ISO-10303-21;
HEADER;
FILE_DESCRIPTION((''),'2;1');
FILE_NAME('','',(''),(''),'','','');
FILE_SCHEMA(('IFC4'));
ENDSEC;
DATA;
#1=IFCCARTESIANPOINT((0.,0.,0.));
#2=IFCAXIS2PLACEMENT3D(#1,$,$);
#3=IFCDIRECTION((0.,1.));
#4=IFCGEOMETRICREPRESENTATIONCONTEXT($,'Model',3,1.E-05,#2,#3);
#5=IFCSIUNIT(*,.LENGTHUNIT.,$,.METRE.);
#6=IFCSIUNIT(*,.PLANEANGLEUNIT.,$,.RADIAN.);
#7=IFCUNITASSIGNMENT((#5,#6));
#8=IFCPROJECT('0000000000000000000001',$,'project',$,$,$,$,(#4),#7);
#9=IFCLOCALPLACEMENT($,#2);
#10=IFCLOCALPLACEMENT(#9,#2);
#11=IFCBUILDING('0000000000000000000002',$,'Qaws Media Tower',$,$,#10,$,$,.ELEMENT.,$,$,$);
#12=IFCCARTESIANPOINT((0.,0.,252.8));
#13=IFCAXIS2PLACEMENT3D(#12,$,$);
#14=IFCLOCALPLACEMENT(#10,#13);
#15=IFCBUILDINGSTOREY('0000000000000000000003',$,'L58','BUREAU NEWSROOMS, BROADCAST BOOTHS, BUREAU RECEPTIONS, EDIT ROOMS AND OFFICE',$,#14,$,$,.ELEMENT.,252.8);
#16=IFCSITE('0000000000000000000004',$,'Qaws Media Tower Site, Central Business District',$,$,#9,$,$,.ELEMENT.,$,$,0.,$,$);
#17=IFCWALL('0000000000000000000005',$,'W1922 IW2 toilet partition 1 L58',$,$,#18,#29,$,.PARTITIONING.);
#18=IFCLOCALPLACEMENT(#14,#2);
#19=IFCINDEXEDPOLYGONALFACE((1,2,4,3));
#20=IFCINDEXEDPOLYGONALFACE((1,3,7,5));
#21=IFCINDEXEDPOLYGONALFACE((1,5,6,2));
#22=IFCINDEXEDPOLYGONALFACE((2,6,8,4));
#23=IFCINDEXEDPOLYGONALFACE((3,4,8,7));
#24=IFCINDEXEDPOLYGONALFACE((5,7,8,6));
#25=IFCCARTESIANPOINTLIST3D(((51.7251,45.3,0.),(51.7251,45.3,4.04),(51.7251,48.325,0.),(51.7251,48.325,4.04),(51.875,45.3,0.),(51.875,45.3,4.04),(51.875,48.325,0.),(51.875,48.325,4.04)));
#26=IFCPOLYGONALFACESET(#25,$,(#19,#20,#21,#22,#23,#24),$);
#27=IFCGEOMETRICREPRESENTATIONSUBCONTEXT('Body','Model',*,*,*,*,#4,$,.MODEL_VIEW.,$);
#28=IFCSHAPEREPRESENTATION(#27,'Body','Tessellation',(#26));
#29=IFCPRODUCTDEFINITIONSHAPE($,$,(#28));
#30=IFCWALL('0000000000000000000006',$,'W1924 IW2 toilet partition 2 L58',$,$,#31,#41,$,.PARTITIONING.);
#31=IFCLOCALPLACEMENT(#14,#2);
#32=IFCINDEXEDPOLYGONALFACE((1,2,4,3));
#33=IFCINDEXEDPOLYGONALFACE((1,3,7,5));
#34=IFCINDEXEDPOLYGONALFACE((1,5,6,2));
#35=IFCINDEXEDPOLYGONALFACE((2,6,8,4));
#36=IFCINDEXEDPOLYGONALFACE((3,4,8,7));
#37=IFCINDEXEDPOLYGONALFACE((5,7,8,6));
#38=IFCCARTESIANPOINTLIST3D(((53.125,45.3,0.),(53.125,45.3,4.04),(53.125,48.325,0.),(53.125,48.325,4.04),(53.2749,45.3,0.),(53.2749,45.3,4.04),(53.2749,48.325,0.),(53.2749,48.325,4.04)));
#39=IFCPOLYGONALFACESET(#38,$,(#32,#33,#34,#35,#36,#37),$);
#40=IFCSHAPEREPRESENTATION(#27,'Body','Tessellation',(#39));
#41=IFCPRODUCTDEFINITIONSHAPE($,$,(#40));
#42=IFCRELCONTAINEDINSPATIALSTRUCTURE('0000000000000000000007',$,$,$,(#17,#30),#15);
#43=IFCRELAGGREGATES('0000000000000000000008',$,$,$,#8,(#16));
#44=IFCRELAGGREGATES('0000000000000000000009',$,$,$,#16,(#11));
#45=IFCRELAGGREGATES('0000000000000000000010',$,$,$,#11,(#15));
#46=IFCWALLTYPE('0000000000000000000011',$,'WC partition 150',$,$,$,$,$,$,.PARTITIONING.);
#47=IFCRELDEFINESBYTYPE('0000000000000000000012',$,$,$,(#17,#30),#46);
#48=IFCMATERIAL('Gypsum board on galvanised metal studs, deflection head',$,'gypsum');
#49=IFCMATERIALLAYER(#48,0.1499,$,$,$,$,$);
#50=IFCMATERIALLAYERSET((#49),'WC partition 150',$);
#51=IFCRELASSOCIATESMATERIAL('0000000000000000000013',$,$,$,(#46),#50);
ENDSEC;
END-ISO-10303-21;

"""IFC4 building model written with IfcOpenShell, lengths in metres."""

from ifc_helpers import new_model, si_unit, direction, frame, frame_2d, origin, place, context, subcontext, project, spatial, rectangle, extrude, material, layer, layer_set, type_object, element, save


model = new_model("IFC4")

# Units and contexts
model_context = context("Model", 3, precision=1e-05, world=origin(), true_north=direction((0.0, 1.0)))
body_context = subcontext(model_context, "Body", "Model", "MODEL_VIEW")
ifc_project = project(units=[si_unit("LENGTHUNIT", "METRE"), si_unit("PLANEANGLEUNIT", "RADIAN")], contexts=[model_context])

# Site, building, storey
site_placement = place(None, origin())
site = spatial("IfcSite", under=ifc_project, at=site_placement, Name="Qaws Media Tower Site, Central Business District", CompositionType="ELEMENT", RefElevation=0.0)
building_placement = place(site_placement, origin())
building = spatial("IfcBuilding", under=site, at=building_placement, Name="Qaws Media Tower", CompositionType="ELEMENT")
storey_placement = place(building_placement, frame((0.0, 0.0, 252.8)))
storey = spatial("IfcBuildingStorey", under=building, at=storey_placement, Name="L58", Description="BUREAU NEWSROOMS, BROADCAST BOOTHS, BUREAU RECEPTIONS, EDIT ROOMS AND OFFICE", CompositionType="ELEMENT", Elevation=252.8)

# Walls
ifc_material_1 = material(Name="Gypsum board on galvanised metal studs, deflection head", Category="gypsum")
ifc_layer_1 = layer(ifc_material_1, 0.1499)
ifc_layer_set_1 = layer_set([ifc_layer_1], Name="WC partition 150")
wall_type_1 = type_object("IfcWallType", Name="WC partition 150", PredefinedType="PARTITIONING", material=ifc_layer_set_1)
for number, where, z_axis, x_axis, name in (
    (1, (51.8, 45.3, 0.0), (0.0, 0.0, 1.0), (0.0, 1.0, 0.0), "W1922 IW2 toilet partition 1 L58"),
    (2, (53.2, 45.3, 0.0), (0.0, 0.0, 1.0), (0.0, 1.0, 0.0), "W1924 IW2 toilet partition 2 L58"),
):
    element("IfcWall", number, at=place(storey_placement, frame(where, z_axis=z_axis, x_axis=x_axis)), inside=storey, type_object=wall_type_1, Name=name, PredefinedType="PARTITIONING", context=body_context, shape_type="SweptSolid", body=[
        extrude(rectangle(XDim=3.0249, YDim=0.1499, at=frame_2d((1.5125, 0.0))), origin(), (0.0, 0.0, 1.0), 4.04),
    ])

save(model, "model.ifc")
